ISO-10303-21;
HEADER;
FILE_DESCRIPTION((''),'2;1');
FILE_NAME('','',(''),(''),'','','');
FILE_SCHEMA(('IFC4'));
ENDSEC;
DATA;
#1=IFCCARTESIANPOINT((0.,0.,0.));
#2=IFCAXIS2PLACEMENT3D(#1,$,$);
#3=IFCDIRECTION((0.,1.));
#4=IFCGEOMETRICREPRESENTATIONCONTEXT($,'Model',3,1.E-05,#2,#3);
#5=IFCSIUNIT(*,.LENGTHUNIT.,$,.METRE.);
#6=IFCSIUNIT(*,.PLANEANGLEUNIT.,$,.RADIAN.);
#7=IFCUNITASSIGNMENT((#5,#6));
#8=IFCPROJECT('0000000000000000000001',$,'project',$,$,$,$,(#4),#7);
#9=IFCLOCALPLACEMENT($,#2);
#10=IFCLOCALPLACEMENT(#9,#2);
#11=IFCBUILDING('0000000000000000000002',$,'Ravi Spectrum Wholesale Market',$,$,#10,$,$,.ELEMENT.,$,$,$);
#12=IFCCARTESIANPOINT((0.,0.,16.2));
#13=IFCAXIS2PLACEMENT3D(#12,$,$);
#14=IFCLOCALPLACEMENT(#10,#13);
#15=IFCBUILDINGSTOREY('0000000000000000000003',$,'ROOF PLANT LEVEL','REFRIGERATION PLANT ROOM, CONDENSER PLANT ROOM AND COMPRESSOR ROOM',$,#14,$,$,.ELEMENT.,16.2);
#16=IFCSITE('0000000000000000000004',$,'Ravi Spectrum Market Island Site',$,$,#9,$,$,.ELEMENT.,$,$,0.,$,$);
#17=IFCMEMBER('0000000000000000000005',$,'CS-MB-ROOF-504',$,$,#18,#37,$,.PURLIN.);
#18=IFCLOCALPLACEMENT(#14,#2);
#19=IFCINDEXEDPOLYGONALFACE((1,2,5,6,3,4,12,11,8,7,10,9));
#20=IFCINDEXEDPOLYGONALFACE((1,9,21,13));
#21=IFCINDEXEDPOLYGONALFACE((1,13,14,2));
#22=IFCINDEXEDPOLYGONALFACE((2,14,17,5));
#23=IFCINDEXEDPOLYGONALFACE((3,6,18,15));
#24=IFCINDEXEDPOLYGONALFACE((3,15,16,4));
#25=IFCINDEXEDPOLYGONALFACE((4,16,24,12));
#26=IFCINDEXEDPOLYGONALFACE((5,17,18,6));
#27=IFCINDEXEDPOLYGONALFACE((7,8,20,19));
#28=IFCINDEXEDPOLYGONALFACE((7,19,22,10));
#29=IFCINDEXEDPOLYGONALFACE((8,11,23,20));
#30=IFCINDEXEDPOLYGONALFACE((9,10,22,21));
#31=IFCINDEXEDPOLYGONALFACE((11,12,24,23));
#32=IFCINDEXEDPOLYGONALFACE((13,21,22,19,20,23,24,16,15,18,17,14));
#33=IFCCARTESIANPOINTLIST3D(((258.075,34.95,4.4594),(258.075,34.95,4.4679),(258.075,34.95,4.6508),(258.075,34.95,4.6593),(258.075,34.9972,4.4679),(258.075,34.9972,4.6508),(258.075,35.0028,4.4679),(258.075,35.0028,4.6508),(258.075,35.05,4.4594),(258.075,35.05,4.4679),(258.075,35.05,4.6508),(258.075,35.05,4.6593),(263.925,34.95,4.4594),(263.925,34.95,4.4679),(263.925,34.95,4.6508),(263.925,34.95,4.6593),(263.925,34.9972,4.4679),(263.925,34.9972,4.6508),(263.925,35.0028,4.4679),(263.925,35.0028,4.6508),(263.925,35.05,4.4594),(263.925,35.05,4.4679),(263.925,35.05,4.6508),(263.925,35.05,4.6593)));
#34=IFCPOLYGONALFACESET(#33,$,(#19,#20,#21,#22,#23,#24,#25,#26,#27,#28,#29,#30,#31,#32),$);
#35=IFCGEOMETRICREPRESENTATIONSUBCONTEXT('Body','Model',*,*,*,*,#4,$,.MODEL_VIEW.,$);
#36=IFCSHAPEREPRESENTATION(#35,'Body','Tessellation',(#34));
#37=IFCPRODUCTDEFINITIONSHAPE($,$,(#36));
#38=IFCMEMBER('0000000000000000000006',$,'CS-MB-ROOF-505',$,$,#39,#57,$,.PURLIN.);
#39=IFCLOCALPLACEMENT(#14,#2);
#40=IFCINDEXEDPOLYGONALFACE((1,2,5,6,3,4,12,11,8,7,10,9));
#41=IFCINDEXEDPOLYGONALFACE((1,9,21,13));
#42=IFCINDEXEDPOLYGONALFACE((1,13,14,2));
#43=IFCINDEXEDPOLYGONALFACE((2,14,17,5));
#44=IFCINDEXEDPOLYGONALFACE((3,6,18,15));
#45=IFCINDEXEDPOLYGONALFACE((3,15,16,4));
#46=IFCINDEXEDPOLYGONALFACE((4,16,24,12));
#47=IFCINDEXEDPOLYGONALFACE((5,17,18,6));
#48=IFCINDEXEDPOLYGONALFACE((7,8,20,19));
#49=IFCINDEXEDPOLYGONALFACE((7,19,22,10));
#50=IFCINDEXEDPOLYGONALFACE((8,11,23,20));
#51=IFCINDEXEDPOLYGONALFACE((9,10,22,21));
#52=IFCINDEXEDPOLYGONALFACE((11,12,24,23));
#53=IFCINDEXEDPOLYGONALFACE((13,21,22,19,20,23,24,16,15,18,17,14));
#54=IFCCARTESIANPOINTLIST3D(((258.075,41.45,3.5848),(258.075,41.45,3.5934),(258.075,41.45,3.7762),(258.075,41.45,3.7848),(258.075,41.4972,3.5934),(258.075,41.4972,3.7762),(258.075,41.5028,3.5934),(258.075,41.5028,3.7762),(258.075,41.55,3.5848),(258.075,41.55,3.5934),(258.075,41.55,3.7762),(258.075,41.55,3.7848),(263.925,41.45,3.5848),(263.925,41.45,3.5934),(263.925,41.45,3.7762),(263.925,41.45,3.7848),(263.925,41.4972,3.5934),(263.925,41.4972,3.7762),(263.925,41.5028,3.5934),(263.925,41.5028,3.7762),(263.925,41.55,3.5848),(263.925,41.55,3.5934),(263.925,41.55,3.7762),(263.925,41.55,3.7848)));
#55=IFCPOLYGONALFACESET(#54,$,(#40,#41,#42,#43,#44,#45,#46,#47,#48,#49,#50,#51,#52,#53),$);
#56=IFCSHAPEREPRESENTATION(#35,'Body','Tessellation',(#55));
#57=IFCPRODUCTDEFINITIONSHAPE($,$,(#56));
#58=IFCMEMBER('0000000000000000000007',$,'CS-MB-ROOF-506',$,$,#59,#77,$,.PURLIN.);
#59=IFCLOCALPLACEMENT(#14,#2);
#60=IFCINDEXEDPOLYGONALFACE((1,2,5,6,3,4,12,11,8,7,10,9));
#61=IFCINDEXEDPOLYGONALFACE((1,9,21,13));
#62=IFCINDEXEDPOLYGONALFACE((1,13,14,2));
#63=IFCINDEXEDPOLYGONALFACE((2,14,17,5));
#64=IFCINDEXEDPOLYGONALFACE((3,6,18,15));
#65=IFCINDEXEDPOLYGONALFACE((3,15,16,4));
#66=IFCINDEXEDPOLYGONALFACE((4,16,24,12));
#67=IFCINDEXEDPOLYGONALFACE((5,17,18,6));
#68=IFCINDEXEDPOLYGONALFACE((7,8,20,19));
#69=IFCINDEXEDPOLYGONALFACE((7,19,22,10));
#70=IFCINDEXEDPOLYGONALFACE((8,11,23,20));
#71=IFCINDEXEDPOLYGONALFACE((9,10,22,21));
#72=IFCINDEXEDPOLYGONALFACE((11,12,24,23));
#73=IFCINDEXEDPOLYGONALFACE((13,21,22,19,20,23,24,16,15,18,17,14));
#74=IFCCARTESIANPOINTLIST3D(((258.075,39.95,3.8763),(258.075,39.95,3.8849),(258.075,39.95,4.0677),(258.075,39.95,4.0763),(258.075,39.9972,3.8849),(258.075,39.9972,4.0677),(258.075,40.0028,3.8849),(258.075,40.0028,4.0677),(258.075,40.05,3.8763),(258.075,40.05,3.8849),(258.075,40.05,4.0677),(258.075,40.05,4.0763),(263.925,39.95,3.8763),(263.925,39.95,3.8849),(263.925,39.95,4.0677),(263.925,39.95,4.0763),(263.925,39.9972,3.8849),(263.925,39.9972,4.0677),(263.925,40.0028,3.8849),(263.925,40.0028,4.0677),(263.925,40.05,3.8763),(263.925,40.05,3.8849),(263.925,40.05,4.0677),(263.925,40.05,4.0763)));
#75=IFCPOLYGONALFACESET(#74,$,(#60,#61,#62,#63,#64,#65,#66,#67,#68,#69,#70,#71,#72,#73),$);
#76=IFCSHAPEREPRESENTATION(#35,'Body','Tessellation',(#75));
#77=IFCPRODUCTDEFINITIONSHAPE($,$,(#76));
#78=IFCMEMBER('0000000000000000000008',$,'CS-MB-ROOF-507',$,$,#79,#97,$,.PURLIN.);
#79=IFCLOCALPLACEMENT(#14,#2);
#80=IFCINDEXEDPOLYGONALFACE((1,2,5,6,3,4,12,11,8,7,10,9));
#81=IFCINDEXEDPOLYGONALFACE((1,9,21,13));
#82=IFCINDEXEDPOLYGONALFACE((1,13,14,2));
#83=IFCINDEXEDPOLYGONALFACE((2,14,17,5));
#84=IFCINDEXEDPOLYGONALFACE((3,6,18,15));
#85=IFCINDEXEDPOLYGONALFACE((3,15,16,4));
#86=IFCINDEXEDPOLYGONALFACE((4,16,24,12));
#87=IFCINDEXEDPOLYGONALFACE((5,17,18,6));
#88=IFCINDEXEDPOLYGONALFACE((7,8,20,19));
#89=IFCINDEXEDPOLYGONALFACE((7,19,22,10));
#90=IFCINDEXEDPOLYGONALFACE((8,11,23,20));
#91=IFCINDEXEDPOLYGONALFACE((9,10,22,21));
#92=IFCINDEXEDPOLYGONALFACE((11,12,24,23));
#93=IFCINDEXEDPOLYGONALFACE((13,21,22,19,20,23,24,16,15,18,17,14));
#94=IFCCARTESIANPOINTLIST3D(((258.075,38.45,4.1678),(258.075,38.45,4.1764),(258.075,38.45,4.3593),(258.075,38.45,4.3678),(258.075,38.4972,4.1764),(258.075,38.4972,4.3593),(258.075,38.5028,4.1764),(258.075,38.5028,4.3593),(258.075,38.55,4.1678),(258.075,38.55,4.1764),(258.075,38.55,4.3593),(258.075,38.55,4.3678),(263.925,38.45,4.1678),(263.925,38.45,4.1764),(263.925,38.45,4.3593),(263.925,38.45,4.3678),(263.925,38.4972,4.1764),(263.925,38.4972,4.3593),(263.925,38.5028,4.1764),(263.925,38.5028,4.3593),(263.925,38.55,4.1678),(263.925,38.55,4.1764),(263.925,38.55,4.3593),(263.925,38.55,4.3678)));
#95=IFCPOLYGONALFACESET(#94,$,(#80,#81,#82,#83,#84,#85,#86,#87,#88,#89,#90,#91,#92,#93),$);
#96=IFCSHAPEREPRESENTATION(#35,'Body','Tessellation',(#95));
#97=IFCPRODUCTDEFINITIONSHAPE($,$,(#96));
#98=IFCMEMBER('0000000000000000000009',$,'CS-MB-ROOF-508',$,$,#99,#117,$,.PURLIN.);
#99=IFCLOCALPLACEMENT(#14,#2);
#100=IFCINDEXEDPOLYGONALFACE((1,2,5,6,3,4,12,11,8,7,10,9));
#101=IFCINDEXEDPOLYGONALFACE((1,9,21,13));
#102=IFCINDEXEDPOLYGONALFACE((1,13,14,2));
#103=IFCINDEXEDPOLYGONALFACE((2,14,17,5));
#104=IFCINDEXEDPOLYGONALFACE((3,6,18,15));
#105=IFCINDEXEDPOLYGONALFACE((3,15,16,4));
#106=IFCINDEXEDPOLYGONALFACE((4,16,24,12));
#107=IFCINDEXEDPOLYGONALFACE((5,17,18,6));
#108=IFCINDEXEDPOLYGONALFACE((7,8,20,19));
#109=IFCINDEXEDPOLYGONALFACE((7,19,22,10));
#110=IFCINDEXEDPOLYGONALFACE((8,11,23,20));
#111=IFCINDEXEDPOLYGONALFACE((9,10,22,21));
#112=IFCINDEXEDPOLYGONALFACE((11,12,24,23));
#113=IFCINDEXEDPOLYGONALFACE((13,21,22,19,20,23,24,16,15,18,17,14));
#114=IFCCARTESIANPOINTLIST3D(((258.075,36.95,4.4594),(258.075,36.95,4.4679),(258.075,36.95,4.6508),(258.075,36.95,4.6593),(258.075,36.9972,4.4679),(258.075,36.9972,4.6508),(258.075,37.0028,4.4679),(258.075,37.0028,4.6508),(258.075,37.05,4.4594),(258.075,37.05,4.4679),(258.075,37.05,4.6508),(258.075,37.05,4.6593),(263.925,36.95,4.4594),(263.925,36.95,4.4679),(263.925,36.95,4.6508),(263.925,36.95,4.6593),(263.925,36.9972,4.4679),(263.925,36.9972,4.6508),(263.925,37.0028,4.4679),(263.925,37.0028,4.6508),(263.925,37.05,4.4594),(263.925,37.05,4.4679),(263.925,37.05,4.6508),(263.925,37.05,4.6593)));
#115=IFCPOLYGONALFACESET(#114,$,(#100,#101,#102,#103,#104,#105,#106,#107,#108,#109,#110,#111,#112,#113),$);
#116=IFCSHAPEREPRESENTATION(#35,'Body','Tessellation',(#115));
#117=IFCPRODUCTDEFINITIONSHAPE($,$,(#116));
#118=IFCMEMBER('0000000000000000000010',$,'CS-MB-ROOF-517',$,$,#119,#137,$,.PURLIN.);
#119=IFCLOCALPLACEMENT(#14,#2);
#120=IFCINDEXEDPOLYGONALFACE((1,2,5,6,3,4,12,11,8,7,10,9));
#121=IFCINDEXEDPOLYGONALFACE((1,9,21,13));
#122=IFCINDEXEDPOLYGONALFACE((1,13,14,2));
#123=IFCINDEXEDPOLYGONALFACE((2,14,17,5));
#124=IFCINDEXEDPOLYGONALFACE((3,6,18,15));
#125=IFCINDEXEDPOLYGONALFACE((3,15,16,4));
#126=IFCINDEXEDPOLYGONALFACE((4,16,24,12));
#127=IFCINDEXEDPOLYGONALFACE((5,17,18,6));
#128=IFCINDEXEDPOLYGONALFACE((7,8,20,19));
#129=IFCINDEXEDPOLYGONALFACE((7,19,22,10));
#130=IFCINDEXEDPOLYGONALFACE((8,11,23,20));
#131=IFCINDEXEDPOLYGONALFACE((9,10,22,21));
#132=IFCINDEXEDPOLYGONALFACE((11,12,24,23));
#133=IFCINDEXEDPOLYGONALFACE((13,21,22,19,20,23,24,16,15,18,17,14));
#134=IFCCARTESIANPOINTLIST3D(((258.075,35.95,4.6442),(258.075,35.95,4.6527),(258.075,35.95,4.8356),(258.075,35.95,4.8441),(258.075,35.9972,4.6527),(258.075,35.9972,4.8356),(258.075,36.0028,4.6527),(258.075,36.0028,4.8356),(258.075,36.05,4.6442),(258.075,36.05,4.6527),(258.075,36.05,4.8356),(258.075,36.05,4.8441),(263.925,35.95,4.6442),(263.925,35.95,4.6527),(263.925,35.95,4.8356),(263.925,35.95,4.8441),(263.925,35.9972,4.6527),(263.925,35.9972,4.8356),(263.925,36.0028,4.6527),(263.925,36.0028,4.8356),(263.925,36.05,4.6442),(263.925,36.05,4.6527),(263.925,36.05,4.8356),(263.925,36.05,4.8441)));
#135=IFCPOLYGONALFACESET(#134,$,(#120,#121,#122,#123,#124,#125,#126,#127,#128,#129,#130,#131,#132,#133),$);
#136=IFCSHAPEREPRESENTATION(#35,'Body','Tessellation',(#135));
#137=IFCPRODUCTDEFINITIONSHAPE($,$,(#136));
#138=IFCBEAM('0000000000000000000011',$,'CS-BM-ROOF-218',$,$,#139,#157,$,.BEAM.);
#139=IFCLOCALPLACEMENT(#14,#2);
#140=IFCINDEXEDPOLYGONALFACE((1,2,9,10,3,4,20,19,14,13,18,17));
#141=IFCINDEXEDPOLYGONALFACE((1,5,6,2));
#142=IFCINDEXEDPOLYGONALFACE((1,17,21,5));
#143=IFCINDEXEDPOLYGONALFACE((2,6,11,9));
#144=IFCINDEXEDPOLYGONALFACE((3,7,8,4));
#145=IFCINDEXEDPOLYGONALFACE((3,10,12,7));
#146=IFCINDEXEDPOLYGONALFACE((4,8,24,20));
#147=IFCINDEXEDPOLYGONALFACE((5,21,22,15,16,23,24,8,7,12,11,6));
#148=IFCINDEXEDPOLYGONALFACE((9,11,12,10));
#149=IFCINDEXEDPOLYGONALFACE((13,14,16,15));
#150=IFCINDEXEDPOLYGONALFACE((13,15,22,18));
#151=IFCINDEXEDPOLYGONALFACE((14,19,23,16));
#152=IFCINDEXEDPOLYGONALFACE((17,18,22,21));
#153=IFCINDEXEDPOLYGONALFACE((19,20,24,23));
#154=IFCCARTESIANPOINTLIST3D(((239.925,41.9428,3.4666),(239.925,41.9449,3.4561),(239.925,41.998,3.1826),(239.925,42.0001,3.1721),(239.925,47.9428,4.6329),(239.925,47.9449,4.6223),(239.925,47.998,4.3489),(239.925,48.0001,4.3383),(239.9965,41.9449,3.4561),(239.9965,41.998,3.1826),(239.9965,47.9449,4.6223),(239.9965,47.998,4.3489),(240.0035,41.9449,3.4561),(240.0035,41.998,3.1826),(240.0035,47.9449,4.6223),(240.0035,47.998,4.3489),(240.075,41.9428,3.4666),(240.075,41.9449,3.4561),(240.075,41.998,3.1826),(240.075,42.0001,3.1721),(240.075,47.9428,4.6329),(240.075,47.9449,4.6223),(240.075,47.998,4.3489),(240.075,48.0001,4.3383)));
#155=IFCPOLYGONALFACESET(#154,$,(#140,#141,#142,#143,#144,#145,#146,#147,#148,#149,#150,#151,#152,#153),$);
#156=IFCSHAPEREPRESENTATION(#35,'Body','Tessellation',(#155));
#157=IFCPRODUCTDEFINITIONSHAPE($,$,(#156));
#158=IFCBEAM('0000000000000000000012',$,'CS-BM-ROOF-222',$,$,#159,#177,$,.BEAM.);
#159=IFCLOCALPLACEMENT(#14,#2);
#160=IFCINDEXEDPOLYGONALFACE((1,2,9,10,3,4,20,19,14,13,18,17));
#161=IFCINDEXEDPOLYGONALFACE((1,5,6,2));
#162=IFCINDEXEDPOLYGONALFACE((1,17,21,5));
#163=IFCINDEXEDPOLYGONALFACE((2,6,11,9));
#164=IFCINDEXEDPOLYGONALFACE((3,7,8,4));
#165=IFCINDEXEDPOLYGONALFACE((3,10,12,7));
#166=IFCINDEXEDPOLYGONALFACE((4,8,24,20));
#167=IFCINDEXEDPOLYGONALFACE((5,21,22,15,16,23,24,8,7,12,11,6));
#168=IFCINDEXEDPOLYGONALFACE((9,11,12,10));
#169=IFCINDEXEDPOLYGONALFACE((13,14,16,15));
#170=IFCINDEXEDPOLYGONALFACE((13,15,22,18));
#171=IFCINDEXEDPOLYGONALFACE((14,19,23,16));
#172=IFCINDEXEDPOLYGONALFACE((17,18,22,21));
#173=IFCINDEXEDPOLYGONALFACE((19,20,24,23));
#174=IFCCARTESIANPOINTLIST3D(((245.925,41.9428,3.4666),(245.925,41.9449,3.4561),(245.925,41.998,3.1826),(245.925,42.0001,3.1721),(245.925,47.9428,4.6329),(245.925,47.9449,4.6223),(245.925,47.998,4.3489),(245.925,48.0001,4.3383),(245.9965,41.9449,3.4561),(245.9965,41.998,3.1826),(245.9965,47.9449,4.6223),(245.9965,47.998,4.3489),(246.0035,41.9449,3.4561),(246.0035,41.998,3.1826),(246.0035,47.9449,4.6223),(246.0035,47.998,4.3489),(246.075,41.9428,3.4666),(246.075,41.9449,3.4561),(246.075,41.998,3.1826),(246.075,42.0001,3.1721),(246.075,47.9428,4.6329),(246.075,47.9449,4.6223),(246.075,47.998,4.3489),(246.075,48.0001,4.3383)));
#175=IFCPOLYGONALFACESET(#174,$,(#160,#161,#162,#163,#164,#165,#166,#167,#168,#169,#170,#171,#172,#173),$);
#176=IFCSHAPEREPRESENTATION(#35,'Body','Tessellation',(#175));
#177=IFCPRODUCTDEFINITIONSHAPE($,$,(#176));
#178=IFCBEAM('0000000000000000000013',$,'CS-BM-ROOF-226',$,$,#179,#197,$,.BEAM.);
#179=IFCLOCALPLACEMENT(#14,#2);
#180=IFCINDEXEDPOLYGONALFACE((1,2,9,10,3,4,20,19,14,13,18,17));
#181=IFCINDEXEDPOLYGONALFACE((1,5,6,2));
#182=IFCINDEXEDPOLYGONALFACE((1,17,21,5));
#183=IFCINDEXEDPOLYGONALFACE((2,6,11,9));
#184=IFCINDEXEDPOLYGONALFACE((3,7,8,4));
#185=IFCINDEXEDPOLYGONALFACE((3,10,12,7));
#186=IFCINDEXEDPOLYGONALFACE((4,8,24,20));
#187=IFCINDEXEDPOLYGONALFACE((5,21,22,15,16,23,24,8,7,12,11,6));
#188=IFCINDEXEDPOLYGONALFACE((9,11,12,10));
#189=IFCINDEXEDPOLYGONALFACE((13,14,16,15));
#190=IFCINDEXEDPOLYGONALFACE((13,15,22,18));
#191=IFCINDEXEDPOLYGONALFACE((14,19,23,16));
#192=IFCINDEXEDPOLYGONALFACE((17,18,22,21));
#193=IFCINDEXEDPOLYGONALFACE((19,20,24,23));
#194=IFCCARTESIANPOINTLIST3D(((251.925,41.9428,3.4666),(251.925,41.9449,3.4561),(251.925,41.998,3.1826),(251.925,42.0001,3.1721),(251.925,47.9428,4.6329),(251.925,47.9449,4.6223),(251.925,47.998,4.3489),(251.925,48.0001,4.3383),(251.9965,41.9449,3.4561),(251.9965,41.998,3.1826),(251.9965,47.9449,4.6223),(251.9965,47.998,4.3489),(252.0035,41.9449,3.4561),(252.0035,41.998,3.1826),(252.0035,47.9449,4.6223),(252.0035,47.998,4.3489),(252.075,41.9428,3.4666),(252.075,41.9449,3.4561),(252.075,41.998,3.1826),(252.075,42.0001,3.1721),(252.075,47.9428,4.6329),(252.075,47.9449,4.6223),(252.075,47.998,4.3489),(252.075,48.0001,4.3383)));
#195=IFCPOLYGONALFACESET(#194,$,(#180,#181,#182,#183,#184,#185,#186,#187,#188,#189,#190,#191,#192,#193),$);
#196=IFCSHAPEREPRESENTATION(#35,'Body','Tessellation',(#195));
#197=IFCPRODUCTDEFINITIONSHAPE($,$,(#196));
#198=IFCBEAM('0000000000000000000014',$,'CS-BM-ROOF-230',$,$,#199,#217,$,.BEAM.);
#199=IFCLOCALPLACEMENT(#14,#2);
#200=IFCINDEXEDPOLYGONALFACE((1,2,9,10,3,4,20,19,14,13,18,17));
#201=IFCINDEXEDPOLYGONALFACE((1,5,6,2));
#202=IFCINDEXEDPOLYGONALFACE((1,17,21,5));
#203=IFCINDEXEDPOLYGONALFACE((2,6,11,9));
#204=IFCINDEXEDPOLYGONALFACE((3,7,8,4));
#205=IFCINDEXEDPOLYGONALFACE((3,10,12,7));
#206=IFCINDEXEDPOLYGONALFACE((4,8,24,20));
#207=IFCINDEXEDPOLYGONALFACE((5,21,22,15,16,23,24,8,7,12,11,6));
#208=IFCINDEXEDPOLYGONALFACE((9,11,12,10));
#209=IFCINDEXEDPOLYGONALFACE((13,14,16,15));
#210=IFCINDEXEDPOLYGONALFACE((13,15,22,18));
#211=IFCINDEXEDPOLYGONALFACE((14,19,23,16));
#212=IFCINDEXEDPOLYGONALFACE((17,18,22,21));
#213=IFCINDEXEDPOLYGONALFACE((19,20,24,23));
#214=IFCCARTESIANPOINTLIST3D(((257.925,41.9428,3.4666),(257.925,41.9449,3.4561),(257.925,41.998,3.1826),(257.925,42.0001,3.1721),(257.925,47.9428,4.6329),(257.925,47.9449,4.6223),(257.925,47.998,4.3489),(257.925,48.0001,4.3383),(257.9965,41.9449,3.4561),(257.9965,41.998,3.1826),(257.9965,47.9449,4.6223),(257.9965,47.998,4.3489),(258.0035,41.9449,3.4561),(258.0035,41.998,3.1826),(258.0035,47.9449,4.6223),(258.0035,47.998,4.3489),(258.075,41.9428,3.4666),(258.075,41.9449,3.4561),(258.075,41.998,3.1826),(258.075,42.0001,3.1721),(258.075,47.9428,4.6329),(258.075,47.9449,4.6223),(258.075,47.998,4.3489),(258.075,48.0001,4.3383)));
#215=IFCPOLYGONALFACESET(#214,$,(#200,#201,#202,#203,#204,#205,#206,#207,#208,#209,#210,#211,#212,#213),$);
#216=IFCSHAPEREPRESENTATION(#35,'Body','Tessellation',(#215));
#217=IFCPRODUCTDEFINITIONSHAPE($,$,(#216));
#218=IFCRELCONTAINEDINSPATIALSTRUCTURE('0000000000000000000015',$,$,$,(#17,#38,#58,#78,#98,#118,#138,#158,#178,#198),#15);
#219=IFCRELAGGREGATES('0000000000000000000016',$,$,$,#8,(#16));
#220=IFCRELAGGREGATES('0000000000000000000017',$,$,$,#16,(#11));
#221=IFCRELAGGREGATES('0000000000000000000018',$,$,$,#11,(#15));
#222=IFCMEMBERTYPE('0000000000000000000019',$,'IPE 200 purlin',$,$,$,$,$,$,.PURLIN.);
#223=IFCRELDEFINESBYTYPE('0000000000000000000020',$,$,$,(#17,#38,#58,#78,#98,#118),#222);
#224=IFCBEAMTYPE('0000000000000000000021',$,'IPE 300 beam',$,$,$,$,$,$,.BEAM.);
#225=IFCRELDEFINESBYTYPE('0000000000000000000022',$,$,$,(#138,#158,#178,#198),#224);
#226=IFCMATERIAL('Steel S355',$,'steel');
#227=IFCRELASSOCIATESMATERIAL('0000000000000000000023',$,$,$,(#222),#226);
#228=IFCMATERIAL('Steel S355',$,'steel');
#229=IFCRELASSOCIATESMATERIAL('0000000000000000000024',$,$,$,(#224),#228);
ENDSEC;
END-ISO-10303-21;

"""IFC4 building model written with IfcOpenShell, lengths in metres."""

from ifc_helpers import new_model, si_unit, direction, frame, origin, origin_2d, place, context, subcontext, project, spatial, i_section, extrude, material, material_profile, profile_set, type_object, element, save


model = new_model("IFC4")

# Units and contexts
model_context = context("Model", 3, precision=1e-05, world=origin(), true_north=direction((0.0, 1.0)))
body_context = subcontext(model_context, "Body", "Model", "MODEL_VIEW")
ifc_project = project(units=[si_unit("LENGTHUNIT", "METRE"), si_unit("PLANEANGLEUNIT", "RADIAN")], contexts=[model_context])

# Site, building, storey
site_placement = place(None, origin())
site = spatial("IfcSite", under=ifc_project, at=site_placement, Name="Ravi Spectrum Market Island Site", CompositionType="ELEMENT", RefElevation=0.0)
building_placement = place(site_placement, origin())
building = spatial("IfcBuilding", under=site, at=building_placement, Name="Ravi Spectrum Wholesale Market", CompositionType="ELEMENT")
storey_placement = place(building_placement, frame((0.0, 0.0, 16.2)))
storey = spatial("IfcBuildingStorey", under=building, at=storey_placement, Name="ROOF PLANT LEVEL", Description="REFRIGERATION PLANT ROOM, CONDENSER PLANT ROOM AND COMPRESSOR ROOM", CompositionType="ELEMENT", Elevation=16.2)

# Members
ifc_material_1 = material(Name="Steel S355", Category="steel")
ifc_material_profile_1 = material_profile(ifc_material_1, i_section(OverallWidth=0.1001, OverallDepth=0.2, WebThickness=0.0056, FlangeThickness=0.0085, at=origin_2d()))
ifc_profile_set_1 = profile_set([ifc_material_profile_1], Name="Steel S355")
member_type = type_object("IfcMemberType", Name="IPE 200 purlin", PredefinedType="PURLIN", material=ifc_profile_set_1)
for number, where, z_axis, x_axis, name in (
    (1, (258.075, 35.0, 4.5593), (1.0, 0.0, 0.0), (0.0, 1.0, 0.0), "CS-MB-ROOF-504"),
    (2, (258.075, 41.5, 3.6848), (1.0, 0.0, 0.0), (0.0, 1.0, 0.0), "CS-MB-ROOF-505"),
    (3, (258.075, 40.0, 3.9763), (1.0, 0.0, 0.0), (0.0, 1.0, 0.0), "CS-MB-ROOF-506"),
    (4, (258.075, 38.5, 4.2678), (1.0, 0.0, 0.0), (0.0, 1.0, 0.0), "CS-MB-ROOF-507"),
    (5, (258.075, 37.0, 4.5593), (1.0, 0.0, 0.0), (0.0, 1.0, 0.0), "CS-MB-ROOF-508"),
    (6, (258.075, 36.0, 4.7441), (1.0, 0.0, 0.0), (0.0, 1.0, 0.0), "CS-MB-ROOF-517"),
):
    element("IfcMember", number, at=place(storey_placement, frame(where, z_axis=z_axis, x_axis=x_axis)), inside=storey, type_object=member_type, Name=name, PredefinedType="PURLIN", context=body_context, shape_type="SweptSolid", body=[
        extrude(i_section(OverallWidth=0.1001, OverallDepth=0.2, WebThickness=0.0056, FlangeThickness=0.0085, at=origin_2d()), origin(), (0.0, 0.0, 1.0), 5.8501),
    ])

# Beams
ifc_material_2 = material(Name="Steel S355", Category="steel")
ifc_material_profile_2 = material_profile(ifc_material_2, i_section(OverallWidth=0.1499, OverallDepth=0.3, WebThickness=0.0071, FlangeThickness=0.0107, at=origin_2d()))
ifc_profile_set_2 = profile_set([ifc_material_profile_2], Name="Steel S355")
beam_type = type_object("IfcBeamType", Name="IPE 300 beam", PredefinedType="BEAM", material=ifc_profile_set_2)
for number, where, z_axis, x_axis, name in (
    (7, (240.0, 41.9714, 3.3193), (0.0, 0.981628, 0.190806), (-1.0, 0.0, 0.0), "CS-BM-ROOF-218"),
    (8, (246.0, 41.9714, 3.3193), (0.0, 0.981628, 0.190806), (-1.0, 0.0, 0.0), "CS-BM-ROOF-222"),
    (9, (252.0, 41.9714, 3.3193), (0.0, 0.981628, 0.190806), (-1.0, 0.0, 0.0), "CS-BM-ROOF-226"),
    (10, (258.0, 41.9714, 3.3193), (0.0, 0.981628, 0.190806), (-1.0, 0.0, 0.0), "CS-BM-ROOF-230"),
):
    element("IfcBeam", number, at=place(storey_placement, frame(where, z_axis=z_axis, x_axis=x_axis)), inside=storey, type_object=beam_type, Name=name, PredefinedType="BEAM", context=body_context, shape_type="SweptSolid", body=[
        extrude(i_section(OverallWidth=0.1499, OverallDepth=0.3, WebThickness=0.0071, FlangeThickness=0.0107, at=origin_2d()), origin(), (0.0, 0.0, 1.0), 6.1123),
    ])

save(model, "model.ifc")
